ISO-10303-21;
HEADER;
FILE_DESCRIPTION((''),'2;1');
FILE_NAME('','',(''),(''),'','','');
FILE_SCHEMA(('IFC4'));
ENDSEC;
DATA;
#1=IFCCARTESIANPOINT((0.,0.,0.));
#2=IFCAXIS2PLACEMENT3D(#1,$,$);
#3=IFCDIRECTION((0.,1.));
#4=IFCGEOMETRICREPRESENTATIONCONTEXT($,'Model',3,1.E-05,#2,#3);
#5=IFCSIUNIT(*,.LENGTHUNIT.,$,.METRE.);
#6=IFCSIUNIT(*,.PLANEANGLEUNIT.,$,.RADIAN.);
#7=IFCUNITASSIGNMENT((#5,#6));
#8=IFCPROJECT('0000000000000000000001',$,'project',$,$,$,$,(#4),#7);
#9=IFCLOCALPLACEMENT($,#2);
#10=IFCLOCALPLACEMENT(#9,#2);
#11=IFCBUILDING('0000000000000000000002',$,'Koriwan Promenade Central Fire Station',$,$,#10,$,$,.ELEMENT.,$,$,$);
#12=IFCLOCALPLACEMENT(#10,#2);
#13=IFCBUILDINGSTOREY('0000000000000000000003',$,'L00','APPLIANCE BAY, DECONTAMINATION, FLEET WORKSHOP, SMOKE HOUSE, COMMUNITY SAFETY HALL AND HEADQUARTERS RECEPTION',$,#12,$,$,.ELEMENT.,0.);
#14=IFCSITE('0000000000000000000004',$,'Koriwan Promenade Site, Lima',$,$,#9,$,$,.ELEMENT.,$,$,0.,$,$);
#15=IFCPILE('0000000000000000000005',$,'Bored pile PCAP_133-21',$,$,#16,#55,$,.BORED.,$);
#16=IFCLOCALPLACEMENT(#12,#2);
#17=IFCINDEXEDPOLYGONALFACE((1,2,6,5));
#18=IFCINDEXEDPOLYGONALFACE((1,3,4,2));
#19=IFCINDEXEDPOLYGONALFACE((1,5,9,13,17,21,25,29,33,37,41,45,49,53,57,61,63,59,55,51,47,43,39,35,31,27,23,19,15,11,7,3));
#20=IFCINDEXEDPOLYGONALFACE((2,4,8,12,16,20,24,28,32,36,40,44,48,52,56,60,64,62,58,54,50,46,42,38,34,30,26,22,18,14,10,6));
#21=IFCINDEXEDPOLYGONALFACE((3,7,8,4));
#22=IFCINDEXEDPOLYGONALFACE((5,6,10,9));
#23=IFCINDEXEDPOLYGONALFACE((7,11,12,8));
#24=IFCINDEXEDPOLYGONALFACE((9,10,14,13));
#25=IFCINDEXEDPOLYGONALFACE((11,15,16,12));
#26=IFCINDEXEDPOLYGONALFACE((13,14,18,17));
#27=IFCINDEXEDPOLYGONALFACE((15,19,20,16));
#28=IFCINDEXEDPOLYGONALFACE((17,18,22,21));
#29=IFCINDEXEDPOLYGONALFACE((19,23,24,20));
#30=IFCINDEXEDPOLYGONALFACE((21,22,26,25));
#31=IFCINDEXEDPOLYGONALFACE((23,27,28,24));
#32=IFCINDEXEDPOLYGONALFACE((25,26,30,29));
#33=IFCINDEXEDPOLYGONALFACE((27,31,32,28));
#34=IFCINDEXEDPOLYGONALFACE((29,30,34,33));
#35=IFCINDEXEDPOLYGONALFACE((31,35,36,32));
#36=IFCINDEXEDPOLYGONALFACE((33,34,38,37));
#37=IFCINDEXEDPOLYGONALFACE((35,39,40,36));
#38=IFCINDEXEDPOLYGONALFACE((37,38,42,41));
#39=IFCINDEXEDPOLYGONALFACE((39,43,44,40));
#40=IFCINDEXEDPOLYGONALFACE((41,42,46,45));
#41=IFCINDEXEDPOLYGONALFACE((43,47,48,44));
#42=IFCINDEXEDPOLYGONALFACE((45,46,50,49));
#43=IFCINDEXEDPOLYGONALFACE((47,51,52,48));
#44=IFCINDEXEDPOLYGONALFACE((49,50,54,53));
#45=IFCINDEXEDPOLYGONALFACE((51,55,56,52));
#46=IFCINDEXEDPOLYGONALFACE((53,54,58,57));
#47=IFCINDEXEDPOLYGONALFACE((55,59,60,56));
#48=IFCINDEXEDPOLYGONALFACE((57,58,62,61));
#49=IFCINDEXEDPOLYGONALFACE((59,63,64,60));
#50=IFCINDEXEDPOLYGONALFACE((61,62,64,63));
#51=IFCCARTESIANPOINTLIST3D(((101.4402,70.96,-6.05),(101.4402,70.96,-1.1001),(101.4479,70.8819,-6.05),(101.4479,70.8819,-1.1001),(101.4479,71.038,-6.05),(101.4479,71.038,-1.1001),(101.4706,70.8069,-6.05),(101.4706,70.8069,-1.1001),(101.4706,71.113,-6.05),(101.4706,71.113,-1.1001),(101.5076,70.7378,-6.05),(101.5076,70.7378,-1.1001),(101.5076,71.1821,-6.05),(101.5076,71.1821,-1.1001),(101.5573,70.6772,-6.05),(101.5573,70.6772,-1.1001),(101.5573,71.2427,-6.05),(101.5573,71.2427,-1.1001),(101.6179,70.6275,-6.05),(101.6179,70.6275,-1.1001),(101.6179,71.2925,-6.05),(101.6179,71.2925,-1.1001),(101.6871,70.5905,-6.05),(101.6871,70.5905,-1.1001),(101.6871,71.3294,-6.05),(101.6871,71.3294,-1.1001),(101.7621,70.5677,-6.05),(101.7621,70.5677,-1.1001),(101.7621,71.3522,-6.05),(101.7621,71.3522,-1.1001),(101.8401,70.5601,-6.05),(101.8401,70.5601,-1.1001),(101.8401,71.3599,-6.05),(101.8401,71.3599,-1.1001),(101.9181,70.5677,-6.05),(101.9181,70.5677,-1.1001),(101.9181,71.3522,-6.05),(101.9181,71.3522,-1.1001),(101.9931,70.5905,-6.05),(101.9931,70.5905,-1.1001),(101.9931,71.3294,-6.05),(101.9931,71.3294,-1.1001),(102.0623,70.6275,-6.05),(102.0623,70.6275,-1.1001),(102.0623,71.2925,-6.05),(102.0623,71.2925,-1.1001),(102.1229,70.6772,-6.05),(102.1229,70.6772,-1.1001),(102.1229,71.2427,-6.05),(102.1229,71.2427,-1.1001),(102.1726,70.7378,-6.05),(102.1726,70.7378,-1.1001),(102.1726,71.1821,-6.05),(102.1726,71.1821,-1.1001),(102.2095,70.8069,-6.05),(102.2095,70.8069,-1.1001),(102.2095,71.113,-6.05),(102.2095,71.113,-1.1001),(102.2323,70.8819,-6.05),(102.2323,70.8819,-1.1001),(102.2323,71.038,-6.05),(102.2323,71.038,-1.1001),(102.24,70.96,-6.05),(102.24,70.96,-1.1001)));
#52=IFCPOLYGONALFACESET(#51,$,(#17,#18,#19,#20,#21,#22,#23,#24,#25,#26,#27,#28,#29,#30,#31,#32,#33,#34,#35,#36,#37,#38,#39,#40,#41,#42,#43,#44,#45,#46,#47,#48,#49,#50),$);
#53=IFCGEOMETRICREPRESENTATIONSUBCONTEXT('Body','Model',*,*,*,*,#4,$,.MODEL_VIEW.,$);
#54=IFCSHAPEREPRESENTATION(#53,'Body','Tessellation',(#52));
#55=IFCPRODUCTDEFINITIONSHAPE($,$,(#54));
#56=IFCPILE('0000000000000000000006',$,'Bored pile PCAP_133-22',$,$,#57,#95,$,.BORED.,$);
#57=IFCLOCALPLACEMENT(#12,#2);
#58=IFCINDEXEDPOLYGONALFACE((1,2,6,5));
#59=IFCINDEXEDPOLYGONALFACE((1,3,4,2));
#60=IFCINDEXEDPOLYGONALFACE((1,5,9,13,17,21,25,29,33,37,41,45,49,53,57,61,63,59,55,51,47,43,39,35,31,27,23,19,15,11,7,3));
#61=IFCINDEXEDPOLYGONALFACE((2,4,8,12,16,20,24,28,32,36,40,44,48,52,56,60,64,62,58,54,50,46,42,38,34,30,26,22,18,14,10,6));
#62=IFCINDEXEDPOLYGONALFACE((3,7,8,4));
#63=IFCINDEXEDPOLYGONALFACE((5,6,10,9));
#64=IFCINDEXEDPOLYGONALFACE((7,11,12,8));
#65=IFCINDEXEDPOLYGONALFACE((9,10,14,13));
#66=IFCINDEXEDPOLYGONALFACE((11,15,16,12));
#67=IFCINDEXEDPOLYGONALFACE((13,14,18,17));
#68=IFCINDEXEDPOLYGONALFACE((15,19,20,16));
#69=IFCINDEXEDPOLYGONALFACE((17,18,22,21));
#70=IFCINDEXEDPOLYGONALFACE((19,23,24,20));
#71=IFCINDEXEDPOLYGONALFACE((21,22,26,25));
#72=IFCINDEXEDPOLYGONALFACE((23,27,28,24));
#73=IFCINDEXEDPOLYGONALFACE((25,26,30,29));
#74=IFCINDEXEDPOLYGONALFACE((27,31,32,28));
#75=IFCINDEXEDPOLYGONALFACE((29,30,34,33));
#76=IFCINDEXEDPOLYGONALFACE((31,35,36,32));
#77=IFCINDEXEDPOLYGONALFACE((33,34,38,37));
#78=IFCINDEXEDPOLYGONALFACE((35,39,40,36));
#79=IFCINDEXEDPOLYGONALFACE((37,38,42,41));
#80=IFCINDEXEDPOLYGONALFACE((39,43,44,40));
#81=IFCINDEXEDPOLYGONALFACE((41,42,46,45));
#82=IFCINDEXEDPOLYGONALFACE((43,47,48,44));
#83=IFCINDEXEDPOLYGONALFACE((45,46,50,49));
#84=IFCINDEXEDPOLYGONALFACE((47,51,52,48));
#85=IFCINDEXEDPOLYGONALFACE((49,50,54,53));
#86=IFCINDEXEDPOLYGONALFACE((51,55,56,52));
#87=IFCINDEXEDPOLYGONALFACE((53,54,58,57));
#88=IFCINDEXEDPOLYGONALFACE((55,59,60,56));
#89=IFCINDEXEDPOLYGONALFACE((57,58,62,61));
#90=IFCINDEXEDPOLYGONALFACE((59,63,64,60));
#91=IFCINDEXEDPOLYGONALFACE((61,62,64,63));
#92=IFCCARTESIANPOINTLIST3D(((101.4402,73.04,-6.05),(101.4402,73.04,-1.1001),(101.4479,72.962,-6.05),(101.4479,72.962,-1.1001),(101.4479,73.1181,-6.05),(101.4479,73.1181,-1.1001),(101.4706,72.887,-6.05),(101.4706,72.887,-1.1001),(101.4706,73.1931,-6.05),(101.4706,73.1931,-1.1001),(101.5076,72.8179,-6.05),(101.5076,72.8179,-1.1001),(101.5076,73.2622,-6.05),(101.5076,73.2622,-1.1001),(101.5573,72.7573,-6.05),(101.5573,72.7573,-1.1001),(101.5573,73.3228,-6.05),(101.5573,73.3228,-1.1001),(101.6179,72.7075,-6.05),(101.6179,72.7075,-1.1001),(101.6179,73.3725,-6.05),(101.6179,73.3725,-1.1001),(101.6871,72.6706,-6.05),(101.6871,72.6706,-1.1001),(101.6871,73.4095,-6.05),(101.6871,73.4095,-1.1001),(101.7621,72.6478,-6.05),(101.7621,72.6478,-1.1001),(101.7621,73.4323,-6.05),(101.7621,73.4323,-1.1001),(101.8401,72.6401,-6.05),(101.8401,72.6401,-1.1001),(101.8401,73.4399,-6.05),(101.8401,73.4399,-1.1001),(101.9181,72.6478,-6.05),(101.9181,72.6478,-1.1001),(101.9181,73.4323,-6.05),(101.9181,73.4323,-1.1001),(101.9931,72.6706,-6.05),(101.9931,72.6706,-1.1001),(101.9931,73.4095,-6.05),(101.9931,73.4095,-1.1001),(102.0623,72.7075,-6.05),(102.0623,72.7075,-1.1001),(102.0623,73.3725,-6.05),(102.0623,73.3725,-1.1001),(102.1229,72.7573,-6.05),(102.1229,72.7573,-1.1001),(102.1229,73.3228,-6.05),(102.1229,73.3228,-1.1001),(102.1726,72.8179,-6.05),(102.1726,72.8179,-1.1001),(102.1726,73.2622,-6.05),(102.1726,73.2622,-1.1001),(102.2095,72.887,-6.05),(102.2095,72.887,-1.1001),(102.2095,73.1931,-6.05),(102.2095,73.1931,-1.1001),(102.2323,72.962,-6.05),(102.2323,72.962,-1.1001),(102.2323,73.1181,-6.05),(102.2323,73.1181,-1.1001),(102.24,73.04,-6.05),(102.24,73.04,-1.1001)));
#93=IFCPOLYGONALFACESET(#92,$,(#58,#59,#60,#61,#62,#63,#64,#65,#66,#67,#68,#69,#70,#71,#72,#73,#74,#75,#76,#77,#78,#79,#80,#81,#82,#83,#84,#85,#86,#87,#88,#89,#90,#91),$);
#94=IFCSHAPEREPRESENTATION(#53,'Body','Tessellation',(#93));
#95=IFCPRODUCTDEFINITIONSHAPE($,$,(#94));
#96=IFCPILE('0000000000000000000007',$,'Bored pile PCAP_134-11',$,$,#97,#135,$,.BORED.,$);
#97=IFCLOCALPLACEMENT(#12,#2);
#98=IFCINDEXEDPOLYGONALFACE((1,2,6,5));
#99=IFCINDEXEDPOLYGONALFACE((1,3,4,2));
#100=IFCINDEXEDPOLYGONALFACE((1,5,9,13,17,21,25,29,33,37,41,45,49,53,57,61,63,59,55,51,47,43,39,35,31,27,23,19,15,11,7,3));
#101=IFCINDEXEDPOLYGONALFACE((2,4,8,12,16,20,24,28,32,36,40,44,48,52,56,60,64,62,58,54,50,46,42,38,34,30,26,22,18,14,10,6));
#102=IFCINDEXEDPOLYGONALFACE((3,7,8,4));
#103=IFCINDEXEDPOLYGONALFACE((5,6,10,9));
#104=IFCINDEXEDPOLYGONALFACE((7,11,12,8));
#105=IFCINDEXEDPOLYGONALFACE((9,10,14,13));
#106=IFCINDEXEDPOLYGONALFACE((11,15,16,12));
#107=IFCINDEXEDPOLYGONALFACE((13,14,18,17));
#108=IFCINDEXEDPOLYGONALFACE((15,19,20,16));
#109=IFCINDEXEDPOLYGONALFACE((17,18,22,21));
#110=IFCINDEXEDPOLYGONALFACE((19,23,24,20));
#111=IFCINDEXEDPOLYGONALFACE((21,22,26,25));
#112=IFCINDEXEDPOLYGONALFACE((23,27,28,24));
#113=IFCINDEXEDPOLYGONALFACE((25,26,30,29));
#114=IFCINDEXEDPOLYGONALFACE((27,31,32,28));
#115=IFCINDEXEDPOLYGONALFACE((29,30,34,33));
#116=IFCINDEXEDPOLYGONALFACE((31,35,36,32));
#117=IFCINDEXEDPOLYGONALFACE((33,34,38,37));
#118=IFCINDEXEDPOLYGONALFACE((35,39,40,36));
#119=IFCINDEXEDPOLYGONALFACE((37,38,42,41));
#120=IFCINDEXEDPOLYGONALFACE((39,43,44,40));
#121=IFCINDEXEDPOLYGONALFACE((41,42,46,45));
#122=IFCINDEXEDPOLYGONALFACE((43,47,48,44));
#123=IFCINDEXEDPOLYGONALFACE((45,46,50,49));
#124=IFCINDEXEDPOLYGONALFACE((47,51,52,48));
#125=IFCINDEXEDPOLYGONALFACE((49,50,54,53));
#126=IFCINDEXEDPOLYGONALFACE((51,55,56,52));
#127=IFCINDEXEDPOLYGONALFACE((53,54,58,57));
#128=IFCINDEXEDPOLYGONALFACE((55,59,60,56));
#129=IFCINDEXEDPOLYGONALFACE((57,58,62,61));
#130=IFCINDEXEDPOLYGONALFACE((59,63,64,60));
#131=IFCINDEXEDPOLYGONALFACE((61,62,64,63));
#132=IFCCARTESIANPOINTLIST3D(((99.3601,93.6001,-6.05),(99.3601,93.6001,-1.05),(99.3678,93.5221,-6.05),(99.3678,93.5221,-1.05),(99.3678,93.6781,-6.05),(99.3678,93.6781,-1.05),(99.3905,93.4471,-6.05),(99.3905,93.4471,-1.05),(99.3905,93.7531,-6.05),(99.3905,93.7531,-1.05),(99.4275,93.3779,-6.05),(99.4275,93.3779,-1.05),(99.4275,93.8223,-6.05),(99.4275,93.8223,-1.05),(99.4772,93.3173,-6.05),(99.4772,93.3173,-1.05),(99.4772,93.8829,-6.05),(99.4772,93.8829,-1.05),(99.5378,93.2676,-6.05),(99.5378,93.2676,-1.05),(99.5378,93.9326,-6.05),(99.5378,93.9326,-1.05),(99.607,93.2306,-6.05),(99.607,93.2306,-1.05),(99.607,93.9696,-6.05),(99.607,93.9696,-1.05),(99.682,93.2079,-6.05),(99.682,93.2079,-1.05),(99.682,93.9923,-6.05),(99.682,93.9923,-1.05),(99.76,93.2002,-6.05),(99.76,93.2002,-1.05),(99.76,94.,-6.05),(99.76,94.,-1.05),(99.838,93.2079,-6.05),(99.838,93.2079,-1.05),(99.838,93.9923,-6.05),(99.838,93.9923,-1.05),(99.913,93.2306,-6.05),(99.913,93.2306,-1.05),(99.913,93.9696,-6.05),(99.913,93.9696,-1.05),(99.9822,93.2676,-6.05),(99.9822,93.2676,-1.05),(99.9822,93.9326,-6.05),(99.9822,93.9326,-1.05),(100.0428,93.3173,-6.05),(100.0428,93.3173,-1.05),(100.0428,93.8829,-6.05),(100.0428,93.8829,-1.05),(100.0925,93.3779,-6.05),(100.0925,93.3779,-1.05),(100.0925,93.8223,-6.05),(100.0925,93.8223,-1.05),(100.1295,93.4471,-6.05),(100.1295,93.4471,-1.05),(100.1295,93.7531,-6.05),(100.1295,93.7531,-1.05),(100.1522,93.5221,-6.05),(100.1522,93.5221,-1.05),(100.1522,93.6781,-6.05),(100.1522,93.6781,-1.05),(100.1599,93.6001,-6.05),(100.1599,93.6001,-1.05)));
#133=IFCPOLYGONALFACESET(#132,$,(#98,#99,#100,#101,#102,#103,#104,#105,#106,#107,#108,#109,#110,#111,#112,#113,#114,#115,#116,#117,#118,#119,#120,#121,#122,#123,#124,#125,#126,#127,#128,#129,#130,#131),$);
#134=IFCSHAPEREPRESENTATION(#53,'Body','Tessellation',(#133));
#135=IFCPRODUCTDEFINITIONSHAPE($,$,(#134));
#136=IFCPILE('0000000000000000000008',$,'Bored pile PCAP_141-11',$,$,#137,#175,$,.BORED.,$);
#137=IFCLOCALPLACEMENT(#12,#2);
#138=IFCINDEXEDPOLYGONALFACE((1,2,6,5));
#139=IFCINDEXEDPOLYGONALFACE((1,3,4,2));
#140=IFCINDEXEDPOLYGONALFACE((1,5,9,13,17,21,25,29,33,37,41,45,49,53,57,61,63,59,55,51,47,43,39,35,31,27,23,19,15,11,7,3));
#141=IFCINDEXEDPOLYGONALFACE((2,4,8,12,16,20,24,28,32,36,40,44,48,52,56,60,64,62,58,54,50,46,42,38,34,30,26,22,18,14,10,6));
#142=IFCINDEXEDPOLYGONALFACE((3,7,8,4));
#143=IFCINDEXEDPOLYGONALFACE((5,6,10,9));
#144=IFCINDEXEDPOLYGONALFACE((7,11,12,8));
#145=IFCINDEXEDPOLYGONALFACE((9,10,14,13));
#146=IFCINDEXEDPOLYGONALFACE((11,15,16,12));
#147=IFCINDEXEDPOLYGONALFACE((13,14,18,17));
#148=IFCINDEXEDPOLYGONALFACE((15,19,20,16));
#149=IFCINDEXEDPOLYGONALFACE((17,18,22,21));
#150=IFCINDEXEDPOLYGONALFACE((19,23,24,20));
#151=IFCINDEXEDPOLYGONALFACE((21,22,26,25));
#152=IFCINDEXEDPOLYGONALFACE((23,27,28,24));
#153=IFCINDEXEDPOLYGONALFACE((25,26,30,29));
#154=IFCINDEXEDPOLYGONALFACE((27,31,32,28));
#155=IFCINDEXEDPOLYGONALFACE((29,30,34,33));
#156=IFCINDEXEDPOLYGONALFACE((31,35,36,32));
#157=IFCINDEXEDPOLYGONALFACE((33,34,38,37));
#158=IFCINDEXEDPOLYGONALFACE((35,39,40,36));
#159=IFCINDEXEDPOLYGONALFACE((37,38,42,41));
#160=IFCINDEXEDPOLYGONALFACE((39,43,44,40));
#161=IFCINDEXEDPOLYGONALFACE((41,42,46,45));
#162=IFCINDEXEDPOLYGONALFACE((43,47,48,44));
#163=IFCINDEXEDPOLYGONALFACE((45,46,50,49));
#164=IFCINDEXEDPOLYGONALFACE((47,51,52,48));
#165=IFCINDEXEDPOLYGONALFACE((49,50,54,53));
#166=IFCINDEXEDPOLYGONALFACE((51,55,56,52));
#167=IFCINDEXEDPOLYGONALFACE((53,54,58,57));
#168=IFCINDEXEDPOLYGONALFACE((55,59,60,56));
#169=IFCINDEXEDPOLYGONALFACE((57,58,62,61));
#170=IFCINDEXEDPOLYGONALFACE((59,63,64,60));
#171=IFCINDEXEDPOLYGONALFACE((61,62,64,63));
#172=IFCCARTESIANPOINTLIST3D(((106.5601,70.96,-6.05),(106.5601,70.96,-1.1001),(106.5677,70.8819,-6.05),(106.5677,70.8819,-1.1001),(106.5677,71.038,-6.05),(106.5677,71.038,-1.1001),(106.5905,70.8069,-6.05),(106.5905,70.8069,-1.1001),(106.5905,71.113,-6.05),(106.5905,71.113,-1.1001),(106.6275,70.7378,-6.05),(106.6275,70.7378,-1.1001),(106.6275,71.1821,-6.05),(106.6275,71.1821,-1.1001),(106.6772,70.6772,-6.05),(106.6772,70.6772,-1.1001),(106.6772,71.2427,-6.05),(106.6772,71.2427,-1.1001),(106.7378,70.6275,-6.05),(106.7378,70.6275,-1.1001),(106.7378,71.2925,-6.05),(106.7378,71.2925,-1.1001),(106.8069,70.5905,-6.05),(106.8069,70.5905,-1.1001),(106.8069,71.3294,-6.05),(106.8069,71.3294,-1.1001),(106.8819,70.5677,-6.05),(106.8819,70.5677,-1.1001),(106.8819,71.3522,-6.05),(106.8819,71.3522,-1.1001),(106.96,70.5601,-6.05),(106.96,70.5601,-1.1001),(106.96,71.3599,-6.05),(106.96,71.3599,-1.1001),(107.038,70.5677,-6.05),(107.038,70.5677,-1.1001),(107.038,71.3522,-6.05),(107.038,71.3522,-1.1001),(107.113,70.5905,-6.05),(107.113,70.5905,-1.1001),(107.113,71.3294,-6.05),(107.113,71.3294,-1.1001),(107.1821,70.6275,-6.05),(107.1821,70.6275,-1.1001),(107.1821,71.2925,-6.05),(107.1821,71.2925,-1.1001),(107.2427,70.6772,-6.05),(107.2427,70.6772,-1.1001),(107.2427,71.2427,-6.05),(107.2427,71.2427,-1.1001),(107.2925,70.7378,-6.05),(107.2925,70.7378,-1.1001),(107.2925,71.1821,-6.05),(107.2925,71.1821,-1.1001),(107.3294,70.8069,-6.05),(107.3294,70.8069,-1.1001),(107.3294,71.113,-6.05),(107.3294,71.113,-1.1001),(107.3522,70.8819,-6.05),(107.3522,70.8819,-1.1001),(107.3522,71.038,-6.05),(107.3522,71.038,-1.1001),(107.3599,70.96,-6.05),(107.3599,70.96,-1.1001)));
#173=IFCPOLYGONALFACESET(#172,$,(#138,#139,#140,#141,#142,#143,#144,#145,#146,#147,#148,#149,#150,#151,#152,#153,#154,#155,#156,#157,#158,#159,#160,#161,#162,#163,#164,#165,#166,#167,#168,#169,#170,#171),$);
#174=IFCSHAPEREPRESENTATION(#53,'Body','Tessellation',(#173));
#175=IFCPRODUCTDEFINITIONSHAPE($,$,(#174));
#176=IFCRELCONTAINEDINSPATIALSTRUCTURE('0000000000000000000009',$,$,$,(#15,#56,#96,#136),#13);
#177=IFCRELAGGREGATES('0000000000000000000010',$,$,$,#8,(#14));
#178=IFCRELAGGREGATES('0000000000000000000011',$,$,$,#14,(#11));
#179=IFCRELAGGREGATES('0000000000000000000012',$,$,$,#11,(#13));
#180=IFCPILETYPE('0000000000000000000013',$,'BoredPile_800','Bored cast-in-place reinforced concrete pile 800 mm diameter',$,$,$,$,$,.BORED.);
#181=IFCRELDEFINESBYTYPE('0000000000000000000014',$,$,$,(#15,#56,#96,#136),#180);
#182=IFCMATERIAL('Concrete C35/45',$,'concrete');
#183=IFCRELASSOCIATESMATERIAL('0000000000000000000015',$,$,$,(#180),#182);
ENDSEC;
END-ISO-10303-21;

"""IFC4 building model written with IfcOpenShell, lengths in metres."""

from ifc_helpers import new_model, si_unit, direction, frame, origin, origin_2d, place, context, subcontext, project, spatial, circle, extrude, material, material_profile, profile_set, type_object, element, save


model = new_model("IFC4")

# Units and contexts
model_context = context("Model", 3, precision=1e-05, world=origin(), true_north=direction((0.0, 1.0)))
body_context = subcontext(model_context, "Body", "Model", "MODEL_VIEW")
ifc_project = project(units=[si_unit("LENGTHUNIT", "METRE"), si_unit("PLANEANGLEUNIT", "RADIAN")], contexts=[model_context])

# Site, building, storey
site_placement = place(None, origin())
site = spatial("IfcSite", under=ifc_project, at=site_placement, Name="Koriwan Promenade Site, Lima", CompositionType="ELEMENT", RefElevation=0.0)
building_placement = place(site_placement, origin())
building = spatial("IfcBuilding", under=site, at=building_placement, Name="Koriwan Promenade Central Fire Station", CompositionType="ELEMENT")
storey_placement = place(building_placement, origin())
storey = spatial("IfcBuildingStorey", under=building, at=storey_placement, Name="L00", Description="APPLIANCE BAY, DECONTAMINATION, FLEET WORKSHOP, SMOKE HOUSE, COMMUNITY SAFETY HALL AND HEADQUARTERS RECEPTION", CompositionType="ELEMENT", Elevation=0.0)

# Piles
ifc_material_1 = material(Name="Concrete C35/45", Category="concrete")
ifc_material_profile_1 = material_profile(ifc_material_1, circle(Radius=0.3999, at=origin_2d()), Name="PILE-D800")
ifc_profile_set_1 = profile_set([ifc_material_profile_1], Name="Concrete C35/45")
pile_type = type_object("IfcPileType", Name="BoredPile_800", Description="Bored cast-in-place reinforced concrete pile 800 mm diameter", PredefinedType="BORED", material=ifc_profile_set_1)
for number, where, z_axis, x_axis, name in (
    (1, (101.8401, 70.96, -1.1001), (0.0, 0.0, -1.0), (1.0, 0.0, 0.0), "Bored pile PCAP_133-21"),
    (2, (101.8401, 73.04, -1.1001), (0.0, 0.0, -1.0), (1.0, 0.0, 0.0), "Bored pile PCAP_133-22"),
):
    element("IfcPile", number, at=place(storey_placement, frame(where, z_axis=z_axis, x_axis=x_axis)), inside=storey, type_object=pile_type, Name=name, PredefinedType="BORED", context=body_context, shape_type="SweptSolid", body=[
        extrude(circle(Radius=0.3999, at=origin_2d()), origin(), (0.0, 0.0, 1.0), 4.95),
    ])
pile_placement = place(storey_placement, frame((99.76, 93.6001, -1.05), z_axis=(0.0, 0.0, -1.0), x_axis=(1.0, 0.0, 0.0)))
element("IfcPile", 3, at=pile_placement, inside=storey, type_object=pile_type, Name="Bored pile PCAP_134-11", PredefinedType="BORED", context=body_context, shape_type="SweptSolid", body=[
    extrude(circle(Radius=0.3999, at=origin_2d()), origin(), (0.0, 0.0, 1.0), 5.0),
])
for number, where, z_axis, x_axis, name in (
    (4, (106.96, 70.96, -1.1001), (0.0, 0.0, -1.0), (1.0, 0.0, 0.0), "Bored pile PCAP_141-11"),
):
    element("IfcPile", number, at=place(storey_placement, frame(where, z_axis=z_axis, x_axis=x_axis)), inside=storey, type_object=pile_type, Name=name, PredefinedType="BORED", context=body_context, shape_type="SweptSolid", body=[
        extrude(circle(Radius=0.3999, at=origin_2d()), origin(), (0.0, 0.0, 1.0), 4.95),
    ])

save(model, "model.ifc")
